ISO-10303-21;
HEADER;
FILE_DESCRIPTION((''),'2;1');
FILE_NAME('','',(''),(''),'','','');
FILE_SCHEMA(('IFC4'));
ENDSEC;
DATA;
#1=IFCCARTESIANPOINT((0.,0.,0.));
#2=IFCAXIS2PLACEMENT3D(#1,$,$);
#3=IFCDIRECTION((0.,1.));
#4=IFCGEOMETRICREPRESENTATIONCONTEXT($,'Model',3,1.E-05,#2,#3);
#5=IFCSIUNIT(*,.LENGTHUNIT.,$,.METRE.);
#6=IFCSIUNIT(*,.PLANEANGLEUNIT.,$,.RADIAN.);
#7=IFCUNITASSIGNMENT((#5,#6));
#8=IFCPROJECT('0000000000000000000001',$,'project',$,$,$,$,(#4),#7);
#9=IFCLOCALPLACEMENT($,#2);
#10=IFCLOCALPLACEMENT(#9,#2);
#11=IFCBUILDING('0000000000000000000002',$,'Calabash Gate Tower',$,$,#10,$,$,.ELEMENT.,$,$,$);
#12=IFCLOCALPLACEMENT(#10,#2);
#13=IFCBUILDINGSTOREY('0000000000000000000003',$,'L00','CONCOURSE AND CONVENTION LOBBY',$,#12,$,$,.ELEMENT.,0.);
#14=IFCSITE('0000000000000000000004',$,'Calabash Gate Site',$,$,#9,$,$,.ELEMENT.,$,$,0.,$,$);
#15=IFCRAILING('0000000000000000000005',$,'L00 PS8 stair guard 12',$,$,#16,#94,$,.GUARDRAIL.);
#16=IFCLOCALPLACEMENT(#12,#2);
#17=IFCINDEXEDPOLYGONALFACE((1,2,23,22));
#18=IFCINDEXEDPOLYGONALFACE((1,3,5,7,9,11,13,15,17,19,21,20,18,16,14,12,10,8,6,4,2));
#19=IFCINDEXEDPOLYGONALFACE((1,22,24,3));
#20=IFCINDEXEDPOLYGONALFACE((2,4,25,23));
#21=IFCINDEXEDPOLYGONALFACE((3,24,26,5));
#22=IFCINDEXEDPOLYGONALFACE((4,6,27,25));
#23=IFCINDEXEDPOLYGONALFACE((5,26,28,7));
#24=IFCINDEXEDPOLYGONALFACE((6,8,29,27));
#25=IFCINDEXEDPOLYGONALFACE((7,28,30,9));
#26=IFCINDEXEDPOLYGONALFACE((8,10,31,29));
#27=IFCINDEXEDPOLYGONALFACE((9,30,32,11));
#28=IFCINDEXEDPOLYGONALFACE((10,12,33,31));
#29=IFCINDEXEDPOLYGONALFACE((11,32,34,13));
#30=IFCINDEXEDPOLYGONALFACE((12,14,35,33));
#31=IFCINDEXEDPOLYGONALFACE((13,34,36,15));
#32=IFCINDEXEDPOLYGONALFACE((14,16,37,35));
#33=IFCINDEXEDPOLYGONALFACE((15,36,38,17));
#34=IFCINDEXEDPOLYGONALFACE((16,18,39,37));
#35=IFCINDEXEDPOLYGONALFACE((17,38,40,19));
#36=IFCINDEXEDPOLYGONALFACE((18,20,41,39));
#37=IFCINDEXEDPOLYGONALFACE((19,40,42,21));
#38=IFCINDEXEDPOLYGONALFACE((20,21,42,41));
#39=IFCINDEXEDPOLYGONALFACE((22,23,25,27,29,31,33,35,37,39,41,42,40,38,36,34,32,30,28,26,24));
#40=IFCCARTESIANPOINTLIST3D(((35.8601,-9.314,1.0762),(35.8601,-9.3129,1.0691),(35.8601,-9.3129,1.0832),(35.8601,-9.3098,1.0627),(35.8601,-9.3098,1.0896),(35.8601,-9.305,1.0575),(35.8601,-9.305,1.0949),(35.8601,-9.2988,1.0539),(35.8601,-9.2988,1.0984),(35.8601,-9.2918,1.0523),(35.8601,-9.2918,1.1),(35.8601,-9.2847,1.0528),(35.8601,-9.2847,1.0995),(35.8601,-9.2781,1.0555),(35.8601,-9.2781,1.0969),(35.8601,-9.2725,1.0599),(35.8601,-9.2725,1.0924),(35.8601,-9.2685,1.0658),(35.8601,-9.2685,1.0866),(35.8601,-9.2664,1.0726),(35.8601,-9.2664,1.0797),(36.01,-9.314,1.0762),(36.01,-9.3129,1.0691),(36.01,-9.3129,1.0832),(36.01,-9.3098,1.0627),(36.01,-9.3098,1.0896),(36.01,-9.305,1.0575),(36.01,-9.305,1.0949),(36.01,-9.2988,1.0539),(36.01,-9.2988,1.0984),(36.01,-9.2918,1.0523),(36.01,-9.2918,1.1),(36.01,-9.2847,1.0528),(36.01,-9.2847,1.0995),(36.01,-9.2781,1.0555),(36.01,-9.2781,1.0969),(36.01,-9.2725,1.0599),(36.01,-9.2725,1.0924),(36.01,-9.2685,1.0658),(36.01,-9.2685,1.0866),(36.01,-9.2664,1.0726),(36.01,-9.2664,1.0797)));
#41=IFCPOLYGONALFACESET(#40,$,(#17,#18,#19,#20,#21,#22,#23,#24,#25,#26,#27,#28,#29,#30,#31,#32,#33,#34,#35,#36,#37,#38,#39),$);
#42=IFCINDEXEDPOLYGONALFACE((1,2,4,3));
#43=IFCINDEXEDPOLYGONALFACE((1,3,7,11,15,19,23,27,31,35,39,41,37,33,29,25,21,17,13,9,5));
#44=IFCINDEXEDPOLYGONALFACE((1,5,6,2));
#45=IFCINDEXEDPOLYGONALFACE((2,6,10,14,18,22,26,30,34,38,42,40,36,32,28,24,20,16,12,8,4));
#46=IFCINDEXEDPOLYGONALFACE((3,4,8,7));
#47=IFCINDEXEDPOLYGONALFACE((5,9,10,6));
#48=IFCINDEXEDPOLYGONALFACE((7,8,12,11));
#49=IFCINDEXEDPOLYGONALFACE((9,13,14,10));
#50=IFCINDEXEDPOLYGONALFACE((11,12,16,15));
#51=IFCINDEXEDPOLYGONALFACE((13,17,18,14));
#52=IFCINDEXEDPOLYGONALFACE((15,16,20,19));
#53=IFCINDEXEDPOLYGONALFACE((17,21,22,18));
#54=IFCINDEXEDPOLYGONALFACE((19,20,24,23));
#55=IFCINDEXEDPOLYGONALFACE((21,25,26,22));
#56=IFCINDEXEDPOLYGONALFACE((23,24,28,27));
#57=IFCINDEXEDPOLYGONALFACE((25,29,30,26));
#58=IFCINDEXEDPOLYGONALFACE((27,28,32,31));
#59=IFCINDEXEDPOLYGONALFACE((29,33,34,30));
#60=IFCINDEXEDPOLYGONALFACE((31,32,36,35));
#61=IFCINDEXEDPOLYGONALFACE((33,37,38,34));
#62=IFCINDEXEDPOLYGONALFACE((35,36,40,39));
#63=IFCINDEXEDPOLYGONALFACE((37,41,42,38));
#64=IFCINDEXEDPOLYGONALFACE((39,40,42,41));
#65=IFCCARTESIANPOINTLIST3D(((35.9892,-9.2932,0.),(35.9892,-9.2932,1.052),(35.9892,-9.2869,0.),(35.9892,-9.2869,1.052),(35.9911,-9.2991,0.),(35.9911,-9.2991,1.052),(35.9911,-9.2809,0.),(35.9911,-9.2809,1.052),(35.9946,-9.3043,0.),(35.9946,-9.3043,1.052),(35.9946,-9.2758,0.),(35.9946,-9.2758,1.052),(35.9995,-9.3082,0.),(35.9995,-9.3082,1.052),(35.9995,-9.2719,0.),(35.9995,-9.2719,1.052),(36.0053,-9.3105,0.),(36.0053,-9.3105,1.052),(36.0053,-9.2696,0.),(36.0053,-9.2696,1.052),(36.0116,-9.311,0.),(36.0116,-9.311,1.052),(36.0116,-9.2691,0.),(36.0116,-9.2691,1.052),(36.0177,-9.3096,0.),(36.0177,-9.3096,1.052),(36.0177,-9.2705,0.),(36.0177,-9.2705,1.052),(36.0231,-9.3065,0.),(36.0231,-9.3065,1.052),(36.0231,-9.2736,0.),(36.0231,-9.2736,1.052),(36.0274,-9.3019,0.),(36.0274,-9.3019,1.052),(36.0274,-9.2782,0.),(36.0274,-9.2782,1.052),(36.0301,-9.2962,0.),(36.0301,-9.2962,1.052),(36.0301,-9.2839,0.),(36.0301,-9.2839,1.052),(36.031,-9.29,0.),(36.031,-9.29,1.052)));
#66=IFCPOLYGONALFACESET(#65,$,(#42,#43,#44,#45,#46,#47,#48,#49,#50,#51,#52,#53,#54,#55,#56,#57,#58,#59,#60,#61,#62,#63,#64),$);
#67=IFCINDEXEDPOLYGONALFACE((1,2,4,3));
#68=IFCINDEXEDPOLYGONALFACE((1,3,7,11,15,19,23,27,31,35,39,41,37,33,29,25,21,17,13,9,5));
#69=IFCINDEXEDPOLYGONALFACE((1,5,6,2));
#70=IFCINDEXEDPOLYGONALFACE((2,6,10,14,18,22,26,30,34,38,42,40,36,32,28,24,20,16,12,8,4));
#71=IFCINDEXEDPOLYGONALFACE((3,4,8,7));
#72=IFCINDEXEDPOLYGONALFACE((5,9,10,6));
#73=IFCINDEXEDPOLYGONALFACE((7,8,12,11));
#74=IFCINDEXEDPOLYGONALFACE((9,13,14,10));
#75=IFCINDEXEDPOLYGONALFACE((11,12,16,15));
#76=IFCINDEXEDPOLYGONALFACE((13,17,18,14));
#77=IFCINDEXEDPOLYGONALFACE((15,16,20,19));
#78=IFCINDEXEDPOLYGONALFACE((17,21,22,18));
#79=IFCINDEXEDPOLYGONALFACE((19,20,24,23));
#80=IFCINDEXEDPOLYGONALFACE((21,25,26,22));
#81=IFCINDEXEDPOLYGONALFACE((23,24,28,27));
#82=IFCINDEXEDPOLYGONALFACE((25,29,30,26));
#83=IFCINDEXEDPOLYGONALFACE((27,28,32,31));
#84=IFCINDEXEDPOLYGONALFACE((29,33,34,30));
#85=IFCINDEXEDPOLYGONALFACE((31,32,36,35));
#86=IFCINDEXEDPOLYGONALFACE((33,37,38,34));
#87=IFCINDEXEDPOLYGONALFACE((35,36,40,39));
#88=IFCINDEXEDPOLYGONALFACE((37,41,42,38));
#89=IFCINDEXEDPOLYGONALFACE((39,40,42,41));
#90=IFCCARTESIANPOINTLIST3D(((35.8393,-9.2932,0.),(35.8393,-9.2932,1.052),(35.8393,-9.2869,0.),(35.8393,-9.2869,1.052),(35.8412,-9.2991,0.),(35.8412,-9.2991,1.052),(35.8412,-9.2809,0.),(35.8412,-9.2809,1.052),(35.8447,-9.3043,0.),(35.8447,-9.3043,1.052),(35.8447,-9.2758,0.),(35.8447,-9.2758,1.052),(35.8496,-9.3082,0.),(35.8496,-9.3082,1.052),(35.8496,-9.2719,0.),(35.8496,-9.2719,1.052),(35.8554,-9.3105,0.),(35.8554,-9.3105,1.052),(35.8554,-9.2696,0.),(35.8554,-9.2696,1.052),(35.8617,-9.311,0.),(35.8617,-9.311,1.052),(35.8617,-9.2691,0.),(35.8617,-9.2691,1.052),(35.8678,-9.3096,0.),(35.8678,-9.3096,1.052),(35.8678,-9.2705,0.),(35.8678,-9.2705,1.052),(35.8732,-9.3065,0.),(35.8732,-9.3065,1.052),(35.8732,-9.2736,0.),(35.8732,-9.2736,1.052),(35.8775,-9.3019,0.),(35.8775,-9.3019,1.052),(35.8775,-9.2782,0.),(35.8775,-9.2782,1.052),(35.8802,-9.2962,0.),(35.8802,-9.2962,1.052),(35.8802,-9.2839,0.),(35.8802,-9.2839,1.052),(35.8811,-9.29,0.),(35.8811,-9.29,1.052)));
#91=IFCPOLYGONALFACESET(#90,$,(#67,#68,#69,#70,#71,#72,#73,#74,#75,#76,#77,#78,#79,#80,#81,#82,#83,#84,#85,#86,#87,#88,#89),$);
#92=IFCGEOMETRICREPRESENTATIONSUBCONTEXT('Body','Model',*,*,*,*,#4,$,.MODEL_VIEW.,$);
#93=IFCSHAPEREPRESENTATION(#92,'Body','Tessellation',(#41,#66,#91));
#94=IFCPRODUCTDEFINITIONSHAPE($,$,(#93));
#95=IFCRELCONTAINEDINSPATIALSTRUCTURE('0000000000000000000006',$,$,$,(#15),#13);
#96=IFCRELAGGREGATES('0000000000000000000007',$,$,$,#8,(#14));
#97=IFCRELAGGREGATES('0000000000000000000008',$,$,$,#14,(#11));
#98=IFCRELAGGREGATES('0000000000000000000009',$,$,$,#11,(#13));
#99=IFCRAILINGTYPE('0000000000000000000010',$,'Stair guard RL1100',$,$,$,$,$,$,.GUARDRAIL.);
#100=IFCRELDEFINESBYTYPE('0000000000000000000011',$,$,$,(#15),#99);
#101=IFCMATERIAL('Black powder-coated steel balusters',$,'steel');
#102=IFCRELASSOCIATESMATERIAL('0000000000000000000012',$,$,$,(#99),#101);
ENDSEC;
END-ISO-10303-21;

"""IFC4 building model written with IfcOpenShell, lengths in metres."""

from ifc_helpers import new_model, si_unit, direction, frame, origin, origin_2d, place, context, subcontext, project, spatial, circle, extrude, material, type_object, element, save


model = new_model("IFC4")

# Units and contexts
model_context = context("Model", 3, precision=1e-05, world=origin(), true_north=direction((0.0, 1.0)))
body_context = subcontext(model_context, "Body", "Model", "MODEL_VIEW")
ifc_project = project(units=[si_unit("LENGTHUNIT", "METRE"), si_unit("PLANEANGLEUNIT", "RADIAN")], contexts=[model_context])

# Site, building, storey
site_placement = place(None, origin())
site = spatial("IfcSite", under=ifc_project, at=site_placement, Name="Calabash Gate Site", CompositionType="ELEMENT", RefElevation=0.0)
building_placement = place(site_placement, origin())
building = spatial("IfcBuilding", under=site, at=building_placement, Name="Calabash Gate Tower", CompositionType="ELEMENT")
storey_placement = place(building_placement, origin())
storey = spatial("IfcBuildingStorey", under=building, at=storey_placement, Name="L00", Description="CONCOURSE AND CONVENTION LOBBY", CompositionType="ELEMENT", Elevation=0.0)

# Railing
ifc_material_1 = material(Name="Black powder-coated steel balusters", Category="steel")
railing_type_1 = type_object("IfcRailingType", Name="Stair guard RL1100", PredefinedType="GUARDRAIL", material=ifc_material_1)
railing_1_placement = place(storey_placement, frame((36.01, -9.29, 0.0)))
element("IfcRailing", 1, at=railing_1_placement, inside=storey, type_object=railing_type_1, Name="L00 PS8 stair guard 12", PredefinedType="GUARDRAIL", context=body_context, shape_type="SweptSolid", body=[
    extrude(circle(Radius=0.0239, at=origin_2d()), frame((0.0, 0.0, 1.0762), z_axis=(-1.0, 0.0, 0.0), x_axis=(0.0, -1.0, 0.0)), (0.0, 0.0, 1.0), 0.1499),
    extrude(circle(Radius=0.021, at=origin_2d()), origin(), (0.0, 0.0, 1.0), 1.052),
    extrude(circle(Radius=0.021, at=origin_2d()), frame((-0.1499, 0.0, 0.0)), (0.0, 0.0, 1.0), 1.052),
])

save(model, "model.ifc")
